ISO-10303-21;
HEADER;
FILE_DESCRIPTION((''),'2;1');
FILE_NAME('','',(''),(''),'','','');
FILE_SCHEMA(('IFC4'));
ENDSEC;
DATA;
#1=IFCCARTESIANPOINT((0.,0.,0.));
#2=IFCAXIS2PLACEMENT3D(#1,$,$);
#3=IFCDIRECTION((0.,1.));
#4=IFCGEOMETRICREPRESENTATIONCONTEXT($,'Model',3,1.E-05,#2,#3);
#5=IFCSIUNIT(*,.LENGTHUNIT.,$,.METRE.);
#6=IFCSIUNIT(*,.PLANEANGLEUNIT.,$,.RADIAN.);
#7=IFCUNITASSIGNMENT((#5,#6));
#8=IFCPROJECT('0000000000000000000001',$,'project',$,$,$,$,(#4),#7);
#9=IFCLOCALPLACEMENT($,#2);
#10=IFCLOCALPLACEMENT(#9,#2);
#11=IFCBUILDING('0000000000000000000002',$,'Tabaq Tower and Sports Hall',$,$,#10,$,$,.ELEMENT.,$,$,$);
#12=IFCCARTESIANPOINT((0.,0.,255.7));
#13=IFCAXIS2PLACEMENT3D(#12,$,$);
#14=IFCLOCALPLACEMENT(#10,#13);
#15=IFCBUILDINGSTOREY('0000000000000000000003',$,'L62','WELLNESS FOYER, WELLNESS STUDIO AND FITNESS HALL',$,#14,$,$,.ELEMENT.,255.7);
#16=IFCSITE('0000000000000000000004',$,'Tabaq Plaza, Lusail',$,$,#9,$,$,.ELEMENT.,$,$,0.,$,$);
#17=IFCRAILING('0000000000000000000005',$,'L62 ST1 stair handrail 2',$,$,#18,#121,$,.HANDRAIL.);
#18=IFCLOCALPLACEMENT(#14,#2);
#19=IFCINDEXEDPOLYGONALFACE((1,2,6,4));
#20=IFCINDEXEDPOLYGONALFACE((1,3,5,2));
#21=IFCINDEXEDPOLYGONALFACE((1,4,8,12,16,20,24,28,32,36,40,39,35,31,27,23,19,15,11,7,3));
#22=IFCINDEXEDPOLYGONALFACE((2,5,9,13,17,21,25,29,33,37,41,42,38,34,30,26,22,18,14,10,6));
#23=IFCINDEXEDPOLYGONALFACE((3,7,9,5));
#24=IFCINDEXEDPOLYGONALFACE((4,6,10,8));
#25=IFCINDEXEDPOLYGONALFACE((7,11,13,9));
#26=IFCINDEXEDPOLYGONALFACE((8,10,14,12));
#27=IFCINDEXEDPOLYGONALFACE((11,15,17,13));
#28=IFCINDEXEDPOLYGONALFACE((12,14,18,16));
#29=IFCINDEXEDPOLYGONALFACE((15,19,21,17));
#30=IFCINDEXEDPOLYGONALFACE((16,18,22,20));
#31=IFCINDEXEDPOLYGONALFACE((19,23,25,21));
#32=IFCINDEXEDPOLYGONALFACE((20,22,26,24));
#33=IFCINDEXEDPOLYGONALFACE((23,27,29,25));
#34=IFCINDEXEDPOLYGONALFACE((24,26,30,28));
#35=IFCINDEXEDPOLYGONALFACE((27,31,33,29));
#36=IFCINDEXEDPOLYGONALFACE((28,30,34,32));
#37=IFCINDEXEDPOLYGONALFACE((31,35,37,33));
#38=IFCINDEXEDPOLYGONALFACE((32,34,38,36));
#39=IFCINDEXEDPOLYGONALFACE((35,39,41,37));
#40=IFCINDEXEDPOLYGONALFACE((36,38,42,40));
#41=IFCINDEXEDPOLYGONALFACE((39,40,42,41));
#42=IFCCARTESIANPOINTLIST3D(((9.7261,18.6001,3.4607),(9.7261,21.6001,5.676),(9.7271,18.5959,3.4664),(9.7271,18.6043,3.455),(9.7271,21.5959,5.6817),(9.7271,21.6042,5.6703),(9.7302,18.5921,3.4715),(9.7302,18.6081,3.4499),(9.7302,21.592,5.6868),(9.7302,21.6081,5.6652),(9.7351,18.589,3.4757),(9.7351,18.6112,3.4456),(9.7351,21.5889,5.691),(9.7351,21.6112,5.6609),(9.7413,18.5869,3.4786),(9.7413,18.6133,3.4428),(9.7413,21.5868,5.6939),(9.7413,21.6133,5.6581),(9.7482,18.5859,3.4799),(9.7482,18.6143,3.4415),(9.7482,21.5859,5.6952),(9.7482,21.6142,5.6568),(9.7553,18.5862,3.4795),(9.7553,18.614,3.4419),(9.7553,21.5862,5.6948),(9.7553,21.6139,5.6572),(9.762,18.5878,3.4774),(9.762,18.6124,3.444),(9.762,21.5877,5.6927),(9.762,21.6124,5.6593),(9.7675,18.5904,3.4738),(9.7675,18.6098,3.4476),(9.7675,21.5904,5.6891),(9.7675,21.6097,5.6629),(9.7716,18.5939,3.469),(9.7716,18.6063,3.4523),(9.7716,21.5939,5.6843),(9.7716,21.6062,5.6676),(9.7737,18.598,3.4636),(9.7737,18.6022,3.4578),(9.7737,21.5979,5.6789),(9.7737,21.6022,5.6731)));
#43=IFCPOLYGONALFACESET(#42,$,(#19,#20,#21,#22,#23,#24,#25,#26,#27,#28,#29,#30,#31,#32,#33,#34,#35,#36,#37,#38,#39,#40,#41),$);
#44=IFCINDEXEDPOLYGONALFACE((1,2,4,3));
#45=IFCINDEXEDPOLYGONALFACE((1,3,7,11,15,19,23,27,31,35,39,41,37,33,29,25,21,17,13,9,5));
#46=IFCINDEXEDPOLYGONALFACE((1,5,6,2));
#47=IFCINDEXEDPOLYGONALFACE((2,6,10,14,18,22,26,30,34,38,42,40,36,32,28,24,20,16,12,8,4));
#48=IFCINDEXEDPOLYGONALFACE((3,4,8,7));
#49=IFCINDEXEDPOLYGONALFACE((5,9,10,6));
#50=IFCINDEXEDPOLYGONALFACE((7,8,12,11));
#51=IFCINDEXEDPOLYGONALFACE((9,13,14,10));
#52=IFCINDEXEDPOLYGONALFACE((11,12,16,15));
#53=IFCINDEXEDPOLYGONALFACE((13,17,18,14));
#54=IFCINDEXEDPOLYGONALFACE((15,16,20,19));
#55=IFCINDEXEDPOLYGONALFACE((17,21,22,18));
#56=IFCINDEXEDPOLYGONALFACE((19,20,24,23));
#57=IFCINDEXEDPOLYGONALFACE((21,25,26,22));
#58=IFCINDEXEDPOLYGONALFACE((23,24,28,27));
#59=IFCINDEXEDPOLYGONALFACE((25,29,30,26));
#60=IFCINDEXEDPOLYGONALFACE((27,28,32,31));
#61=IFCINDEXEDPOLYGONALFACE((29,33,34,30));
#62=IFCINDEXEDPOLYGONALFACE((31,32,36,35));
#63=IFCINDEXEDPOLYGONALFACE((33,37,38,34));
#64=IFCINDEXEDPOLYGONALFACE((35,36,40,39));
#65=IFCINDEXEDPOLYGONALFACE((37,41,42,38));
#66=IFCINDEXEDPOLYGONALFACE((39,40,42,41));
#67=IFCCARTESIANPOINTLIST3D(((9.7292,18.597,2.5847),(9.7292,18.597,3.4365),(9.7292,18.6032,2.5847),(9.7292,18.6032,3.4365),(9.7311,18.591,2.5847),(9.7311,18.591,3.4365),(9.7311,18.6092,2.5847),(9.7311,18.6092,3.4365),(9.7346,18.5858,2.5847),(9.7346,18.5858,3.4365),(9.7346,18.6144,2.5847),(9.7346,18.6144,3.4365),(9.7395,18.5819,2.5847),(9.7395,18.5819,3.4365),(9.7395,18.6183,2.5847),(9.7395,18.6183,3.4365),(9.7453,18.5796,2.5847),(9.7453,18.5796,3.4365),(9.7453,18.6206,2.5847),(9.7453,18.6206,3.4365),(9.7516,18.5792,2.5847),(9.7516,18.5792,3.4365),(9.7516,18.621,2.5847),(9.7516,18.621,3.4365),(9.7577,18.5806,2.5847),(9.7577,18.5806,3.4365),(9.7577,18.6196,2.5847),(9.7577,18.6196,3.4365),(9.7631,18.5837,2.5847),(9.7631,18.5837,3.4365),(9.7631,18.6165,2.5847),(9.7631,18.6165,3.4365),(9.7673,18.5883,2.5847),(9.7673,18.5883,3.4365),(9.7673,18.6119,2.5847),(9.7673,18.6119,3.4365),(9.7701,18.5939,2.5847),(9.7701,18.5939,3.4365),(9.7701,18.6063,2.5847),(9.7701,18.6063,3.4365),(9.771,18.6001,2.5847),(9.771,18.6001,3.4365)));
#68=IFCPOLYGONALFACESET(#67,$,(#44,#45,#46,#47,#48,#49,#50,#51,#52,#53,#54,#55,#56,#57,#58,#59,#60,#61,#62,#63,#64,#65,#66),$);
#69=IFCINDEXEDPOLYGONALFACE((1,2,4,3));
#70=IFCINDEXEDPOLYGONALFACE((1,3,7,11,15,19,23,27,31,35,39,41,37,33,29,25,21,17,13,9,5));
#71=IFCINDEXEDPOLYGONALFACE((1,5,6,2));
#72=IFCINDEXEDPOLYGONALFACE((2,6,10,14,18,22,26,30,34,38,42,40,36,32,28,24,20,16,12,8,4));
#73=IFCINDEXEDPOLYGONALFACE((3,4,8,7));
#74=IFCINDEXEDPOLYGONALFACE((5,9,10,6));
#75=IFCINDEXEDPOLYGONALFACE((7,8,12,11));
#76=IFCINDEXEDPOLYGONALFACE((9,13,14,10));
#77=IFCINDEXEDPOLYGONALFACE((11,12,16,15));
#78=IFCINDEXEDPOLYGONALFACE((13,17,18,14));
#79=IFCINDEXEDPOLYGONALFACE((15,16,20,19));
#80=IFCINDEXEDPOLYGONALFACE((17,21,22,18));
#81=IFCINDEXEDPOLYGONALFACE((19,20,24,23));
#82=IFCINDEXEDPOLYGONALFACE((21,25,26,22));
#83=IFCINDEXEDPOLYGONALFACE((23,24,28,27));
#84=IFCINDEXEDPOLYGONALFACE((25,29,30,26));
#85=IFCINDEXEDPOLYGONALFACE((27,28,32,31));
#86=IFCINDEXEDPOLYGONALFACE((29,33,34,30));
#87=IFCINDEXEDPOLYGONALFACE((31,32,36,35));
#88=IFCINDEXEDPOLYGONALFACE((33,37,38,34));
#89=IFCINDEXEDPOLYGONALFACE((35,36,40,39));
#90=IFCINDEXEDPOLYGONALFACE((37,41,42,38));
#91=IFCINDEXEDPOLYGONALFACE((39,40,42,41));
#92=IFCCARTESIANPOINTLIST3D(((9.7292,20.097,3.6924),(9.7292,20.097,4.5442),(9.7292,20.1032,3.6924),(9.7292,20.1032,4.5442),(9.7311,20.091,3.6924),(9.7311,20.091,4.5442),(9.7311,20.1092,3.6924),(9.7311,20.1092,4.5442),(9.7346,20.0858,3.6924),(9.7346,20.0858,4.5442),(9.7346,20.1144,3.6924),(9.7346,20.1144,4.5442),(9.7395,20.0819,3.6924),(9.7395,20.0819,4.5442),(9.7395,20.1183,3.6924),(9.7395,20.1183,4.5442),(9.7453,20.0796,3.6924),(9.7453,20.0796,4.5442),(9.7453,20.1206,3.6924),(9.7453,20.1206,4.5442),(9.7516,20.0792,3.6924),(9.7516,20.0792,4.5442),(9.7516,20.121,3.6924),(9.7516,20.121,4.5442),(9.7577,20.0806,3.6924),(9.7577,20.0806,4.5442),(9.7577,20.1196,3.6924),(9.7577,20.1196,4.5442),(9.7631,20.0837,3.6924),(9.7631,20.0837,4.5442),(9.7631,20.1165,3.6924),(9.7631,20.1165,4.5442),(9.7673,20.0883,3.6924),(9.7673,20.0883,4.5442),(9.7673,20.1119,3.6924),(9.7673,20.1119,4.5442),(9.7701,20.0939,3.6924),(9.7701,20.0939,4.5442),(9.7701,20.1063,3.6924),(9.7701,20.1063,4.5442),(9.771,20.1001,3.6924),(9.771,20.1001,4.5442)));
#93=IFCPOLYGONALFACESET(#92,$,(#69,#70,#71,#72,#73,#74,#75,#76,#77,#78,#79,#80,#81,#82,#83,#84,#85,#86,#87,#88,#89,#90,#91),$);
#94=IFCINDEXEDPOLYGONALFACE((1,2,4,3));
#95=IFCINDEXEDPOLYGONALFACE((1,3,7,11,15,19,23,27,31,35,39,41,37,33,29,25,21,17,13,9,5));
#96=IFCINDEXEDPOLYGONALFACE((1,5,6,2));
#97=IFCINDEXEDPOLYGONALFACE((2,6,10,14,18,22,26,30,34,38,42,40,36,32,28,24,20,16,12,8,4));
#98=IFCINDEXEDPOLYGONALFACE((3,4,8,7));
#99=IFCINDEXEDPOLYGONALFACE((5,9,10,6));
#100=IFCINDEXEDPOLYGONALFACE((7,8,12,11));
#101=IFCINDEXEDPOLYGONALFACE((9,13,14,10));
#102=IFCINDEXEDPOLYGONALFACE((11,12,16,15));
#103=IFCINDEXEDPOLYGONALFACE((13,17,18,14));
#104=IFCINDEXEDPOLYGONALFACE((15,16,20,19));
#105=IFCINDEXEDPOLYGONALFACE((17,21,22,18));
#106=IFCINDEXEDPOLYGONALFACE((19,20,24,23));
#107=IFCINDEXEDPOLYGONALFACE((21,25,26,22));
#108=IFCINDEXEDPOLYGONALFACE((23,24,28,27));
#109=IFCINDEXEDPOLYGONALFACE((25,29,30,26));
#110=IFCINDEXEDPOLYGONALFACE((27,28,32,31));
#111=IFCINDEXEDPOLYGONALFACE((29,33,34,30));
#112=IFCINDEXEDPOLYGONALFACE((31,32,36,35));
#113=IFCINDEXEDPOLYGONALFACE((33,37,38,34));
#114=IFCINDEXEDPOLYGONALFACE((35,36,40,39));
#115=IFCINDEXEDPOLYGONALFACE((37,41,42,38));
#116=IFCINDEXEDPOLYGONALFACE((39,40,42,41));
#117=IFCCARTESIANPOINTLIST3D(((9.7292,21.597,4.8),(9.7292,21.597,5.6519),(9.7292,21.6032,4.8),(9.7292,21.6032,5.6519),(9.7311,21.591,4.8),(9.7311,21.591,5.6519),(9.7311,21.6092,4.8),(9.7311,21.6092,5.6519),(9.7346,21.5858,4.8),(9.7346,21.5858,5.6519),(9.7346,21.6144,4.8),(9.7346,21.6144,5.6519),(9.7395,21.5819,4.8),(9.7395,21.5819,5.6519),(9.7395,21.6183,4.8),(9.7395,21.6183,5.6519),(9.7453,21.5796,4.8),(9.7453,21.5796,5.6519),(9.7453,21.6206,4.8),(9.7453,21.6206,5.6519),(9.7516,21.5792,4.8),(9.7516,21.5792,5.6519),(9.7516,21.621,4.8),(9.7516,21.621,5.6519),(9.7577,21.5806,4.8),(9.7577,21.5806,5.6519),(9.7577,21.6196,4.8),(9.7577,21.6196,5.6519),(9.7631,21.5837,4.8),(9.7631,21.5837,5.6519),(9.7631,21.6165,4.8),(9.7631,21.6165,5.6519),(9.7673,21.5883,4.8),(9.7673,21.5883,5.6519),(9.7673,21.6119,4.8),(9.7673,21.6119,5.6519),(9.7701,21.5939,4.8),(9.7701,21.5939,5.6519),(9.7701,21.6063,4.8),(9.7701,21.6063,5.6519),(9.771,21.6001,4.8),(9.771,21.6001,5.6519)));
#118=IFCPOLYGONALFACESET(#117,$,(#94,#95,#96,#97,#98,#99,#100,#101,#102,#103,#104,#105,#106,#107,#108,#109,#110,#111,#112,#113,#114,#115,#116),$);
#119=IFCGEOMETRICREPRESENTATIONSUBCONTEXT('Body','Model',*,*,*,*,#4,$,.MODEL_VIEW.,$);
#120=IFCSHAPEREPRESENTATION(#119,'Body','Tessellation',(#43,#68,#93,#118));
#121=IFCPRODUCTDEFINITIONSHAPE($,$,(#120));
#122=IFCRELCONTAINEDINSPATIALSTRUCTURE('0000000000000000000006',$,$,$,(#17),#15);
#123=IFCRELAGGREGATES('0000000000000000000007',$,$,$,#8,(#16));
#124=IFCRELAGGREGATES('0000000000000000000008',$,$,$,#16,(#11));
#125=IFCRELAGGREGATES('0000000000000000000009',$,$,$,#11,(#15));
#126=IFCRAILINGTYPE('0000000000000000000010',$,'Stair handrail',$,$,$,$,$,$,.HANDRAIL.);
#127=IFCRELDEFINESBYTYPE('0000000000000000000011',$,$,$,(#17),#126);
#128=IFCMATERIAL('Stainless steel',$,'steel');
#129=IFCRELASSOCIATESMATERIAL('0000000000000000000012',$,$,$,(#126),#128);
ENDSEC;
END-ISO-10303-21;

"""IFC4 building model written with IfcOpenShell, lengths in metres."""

from ifc_helpers import new_model, si_unit, direction, frame, origin, origin_2d, place, context, subcontext, project, spatial, circle, extrude, material, type_object, element, save


model = new_model("IFC4")

# Units and contexts
model_context = context("Model", 3, precision=1e-05, world=origin(), true_north=direction((0.0, 1.0)))
body_context = subcontext(model_context, "Body", "Model", "MODEL_VIEW")
ifc_project = project(units=[si_unit("LENGTHUNIT", "METRE"), si_unit("PLANEANGLEUNIT", "RADIAN")], contexts=[model_context])

# Site, building, storey
site_placement = place(None, origin())
site = spatial("IfcSite", under=ifc_project, at=site_placement, Name="Tabaq Plaza, Lusail", CompositionType="ELEMENT", RefElevation=0.0)
building_placement = place(site_placement, origin())
building = spatial("IfcBuilding", under=site, at=building_placement, Name="Tabaq Tower and Sports Hall", CompositionType="ELEMENT")
storey_placement = place(building_placement, frame((0.0, 0.0, 255.7)))
storey = spatial("IfcBuildingStorey", under=building, at=storey_placement, Name="L62", Description="WELLNESS FOYER, WELLNESS STUDIO AND FITNESS HALL", CompositionType="ELEMENT", Elevation=255.7)

# Railing
ifc_material_1 = material(Name="Stainless steel", Category="steel")
railing_type_1 = type_object("IfcRailingType", Name="Stair handrail", PredefinedType="HANDRAIL", material=ifc_material_1)
railing_1_placement = place(storey_placement, frame((9.75, 18.6001, 2.5847)))
element("IfcRailing", 1, at=railing_1_placement, inside=storey, type_object=railing_type_1, Name="L62 ST1 stair handrail 2", PredefinedType="HANDRAIL", context=body_context, shape_type="SweptSolid", body=[
    extrude(circle(Radius=0.0239, at=origin_2d()), frame((0.0, 0.0, 0.876), z_axis=(0.0, 0.80444, 0.594034), x_axis=(-1.0, 0.0, 0.0)), (0.0, 0.0, 1.0), 3.7292),
    extrude(circle(Radius=0.021, at=origin_2d()), origin(), (0.0, 0.0, 1.0), 0.8518),
    extrude(circle(Radius=0.021, at=origin_2d()), frame((0.0, 1.5, 1.1077)), (0.0, 0.0, 1.0), 0.8518),
    extrude(circle(Radius=0.021, at=origin_2d()), frame((0.0, 3.0, 2.2153)), (0.0, 0.0, 1.0), 0.8518),
])

save(model, "model.ifc")
